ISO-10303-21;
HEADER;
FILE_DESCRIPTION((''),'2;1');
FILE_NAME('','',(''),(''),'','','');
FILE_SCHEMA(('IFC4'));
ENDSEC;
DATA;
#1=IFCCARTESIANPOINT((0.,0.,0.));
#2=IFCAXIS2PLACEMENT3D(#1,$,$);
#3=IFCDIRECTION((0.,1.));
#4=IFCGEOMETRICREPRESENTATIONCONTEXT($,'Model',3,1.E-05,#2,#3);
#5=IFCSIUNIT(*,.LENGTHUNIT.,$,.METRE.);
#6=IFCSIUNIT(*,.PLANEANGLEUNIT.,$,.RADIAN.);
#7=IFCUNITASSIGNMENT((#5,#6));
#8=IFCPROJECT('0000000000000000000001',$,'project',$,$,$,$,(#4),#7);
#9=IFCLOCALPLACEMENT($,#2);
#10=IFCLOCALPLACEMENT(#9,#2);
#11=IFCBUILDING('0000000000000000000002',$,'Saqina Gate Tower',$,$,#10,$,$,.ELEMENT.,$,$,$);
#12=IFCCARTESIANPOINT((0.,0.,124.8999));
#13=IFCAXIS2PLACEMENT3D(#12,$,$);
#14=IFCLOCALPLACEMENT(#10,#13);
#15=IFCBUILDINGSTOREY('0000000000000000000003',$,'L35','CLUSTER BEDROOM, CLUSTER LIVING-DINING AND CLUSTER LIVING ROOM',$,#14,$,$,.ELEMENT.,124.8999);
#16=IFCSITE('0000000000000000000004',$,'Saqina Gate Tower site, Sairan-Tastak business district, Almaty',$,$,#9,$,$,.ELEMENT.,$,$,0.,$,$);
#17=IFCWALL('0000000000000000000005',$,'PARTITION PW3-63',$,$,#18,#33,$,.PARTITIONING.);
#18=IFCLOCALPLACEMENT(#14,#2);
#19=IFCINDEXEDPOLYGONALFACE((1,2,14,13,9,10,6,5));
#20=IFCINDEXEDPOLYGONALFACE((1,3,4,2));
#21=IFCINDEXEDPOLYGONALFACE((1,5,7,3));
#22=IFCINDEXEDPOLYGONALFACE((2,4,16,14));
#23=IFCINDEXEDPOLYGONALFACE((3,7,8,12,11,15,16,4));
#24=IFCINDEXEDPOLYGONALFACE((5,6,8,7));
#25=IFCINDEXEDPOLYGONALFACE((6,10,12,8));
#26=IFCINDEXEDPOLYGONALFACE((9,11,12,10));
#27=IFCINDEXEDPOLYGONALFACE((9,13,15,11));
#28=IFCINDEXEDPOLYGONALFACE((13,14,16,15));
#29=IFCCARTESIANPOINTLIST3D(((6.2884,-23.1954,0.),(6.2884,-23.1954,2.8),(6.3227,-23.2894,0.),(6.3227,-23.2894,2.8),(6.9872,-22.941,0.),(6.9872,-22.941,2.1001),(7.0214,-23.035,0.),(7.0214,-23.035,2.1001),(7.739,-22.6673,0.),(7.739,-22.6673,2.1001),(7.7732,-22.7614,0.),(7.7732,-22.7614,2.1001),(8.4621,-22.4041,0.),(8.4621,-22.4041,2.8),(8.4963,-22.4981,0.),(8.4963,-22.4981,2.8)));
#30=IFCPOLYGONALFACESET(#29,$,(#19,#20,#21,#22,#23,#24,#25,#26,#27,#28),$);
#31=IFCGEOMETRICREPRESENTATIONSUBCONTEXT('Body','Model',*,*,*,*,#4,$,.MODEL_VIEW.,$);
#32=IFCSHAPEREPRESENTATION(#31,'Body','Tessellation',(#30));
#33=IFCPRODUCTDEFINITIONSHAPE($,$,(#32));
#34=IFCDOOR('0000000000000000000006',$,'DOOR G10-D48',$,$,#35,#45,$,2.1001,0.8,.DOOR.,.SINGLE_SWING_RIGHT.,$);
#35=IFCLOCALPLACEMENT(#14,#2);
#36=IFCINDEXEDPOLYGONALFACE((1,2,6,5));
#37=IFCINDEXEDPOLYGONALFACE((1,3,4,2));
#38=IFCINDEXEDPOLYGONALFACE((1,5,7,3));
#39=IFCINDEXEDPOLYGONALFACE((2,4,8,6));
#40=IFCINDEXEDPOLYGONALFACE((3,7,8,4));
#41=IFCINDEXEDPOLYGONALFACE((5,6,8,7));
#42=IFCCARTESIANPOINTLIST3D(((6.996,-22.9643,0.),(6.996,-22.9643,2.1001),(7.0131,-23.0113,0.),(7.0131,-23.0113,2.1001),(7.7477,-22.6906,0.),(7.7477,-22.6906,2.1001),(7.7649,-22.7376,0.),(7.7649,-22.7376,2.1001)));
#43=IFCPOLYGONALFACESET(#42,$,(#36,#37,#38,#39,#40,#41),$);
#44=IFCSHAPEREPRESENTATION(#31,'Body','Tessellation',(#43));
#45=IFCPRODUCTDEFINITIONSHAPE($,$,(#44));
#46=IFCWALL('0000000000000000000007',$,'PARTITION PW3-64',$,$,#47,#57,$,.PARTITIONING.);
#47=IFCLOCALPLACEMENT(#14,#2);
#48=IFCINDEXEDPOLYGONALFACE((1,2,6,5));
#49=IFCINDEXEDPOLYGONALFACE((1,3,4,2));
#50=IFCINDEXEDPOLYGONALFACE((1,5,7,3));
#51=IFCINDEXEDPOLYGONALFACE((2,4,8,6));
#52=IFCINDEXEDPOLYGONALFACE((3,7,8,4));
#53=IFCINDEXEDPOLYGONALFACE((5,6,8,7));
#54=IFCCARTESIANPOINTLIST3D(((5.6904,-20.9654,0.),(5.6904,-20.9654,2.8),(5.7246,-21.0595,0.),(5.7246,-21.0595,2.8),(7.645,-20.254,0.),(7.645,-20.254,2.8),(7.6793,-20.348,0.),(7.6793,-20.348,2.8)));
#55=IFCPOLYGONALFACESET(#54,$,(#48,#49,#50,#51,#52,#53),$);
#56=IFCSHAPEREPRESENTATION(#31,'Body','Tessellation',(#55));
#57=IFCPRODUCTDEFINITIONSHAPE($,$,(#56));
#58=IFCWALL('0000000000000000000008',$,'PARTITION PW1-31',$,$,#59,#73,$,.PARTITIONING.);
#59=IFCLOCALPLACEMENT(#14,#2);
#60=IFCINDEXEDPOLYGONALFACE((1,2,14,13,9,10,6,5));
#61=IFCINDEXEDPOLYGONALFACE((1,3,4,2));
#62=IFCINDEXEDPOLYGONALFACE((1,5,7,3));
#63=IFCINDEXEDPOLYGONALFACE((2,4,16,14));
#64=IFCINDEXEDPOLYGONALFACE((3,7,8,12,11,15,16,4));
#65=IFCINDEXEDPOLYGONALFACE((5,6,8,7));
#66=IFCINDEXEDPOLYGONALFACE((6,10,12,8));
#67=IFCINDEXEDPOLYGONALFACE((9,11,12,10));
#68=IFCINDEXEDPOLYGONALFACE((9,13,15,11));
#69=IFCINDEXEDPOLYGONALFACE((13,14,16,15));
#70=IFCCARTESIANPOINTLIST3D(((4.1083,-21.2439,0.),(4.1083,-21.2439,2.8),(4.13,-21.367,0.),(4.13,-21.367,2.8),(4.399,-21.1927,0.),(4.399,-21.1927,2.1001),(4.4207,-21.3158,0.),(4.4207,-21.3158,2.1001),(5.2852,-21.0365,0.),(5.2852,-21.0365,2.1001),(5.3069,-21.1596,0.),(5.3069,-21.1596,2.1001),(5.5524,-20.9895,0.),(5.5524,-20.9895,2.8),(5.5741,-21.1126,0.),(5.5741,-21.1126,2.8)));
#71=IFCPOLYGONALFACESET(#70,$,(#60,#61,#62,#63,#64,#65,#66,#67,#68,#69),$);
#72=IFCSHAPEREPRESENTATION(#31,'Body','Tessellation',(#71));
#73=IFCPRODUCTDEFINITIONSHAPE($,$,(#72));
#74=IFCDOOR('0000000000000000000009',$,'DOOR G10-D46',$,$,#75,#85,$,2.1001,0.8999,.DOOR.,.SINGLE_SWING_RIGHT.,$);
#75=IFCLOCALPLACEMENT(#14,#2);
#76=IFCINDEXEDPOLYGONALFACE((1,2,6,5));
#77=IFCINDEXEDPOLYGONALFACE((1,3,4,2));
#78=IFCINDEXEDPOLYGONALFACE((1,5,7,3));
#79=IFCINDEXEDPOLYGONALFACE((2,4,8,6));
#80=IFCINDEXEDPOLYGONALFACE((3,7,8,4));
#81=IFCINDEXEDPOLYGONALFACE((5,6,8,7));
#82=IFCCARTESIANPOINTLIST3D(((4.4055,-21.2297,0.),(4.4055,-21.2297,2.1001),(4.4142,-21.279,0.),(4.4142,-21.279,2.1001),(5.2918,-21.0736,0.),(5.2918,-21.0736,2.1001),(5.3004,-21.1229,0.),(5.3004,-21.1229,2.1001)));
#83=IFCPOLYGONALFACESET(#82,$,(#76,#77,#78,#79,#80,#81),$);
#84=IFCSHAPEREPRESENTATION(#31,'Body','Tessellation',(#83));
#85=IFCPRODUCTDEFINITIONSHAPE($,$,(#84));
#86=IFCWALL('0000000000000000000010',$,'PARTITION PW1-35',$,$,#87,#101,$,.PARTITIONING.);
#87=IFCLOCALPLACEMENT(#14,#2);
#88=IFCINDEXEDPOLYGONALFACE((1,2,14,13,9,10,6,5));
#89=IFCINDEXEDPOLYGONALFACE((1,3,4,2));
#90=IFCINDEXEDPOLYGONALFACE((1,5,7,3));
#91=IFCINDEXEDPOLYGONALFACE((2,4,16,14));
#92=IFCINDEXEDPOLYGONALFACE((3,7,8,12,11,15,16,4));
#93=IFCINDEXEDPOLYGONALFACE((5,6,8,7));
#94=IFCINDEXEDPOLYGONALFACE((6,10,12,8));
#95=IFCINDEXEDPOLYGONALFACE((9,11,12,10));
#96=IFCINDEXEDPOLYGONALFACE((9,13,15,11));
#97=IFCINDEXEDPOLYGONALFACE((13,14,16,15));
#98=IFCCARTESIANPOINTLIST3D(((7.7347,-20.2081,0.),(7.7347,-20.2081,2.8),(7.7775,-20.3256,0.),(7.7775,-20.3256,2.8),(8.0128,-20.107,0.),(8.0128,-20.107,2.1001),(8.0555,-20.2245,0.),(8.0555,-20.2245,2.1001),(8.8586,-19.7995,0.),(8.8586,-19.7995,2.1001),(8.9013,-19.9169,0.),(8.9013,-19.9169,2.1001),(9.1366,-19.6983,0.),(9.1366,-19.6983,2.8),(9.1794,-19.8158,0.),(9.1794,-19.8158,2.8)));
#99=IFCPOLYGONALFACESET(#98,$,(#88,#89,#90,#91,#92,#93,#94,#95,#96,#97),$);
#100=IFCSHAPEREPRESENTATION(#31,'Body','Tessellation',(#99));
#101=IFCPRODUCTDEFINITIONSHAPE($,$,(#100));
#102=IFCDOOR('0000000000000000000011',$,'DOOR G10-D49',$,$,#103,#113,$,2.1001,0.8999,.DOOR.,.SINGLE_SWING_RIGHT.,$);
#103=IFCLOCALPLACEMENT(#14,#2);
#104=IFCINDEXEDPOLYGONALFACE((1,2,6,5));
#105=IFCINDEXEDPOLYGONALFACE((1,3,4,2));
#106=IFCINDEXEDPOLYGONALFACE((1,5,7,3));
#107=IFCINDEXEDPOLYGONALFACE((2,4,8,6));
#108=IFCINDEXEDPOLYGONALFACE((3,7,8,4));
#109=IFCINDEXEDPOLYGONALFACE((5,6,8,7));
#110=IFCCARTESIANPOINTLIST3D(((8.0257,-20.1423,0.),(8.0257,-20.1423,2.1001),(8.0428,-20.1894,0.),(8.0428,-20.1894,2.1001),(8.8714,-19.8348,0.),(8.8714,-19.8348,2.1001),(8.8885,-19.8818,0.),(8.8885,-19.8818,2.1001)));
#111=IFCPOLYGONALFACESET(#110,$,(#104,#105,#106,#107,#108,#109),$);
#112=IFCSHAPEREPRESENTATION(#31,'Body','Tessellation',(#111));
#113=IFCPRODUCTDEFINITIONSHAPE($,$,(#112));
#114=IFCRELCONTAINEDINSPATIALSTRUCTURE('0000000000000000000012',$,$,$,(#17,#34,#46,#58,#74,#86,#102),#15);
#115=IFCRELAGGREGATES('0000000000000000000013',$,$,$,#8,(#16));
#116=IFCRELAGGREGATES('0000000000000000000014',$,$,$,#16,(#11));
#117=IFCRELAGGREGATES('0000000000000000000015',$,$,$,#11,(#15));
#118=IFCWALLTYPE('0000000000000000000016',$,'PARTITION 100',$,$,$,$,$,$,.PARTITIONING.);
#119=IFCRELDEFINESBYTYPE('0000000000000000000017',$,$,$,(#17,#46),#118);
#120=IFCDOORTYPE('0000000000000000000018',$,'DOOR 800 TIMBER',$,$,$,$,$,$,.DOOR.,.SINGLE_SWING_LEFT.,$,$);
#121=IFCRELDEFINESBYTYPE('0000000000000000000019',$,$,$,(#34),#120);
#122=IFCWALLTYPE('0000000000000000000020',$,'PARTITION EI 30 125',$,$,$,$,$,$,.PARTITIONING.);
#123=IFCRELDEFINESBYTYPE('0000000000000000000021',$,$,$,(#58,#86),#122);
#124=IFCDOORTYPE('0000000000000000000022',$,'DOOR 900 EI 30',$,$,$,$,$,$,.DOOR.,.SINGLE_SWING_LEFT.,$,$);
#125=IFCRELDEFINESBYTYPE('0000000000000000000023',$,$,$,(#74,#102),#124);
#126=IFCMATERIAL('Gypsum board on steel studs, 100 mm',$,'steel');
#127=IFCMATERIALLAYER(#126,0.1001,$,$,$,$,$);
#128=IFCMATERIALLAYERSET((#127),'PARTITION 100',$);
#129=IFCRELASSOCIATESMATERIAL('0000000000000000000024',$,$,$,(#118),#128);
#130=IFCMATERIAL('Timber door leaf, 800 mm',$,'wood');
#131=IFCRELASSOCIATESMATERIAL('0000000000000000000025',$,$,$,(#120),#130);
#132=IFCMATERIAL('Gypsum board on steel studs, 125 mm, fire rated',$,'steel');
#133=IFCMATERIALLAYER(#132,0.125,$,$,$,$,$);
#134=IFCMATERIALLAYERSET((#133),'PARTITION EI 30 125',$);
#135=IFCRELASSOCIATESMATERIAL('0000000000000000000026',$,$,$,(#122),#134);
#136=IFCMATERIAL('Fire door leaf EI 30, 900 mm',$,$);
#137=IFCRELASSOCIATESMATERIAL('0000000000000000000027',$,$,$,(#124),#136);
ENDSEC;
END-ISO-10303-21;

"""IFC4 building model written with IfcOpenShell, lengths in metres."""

from ifc_helpers import new_model, si_unit, direction, frame, frame_2d, origin, place, context, subcontext, project, spatial, rectangle, extrude, material, layer, layer_set, type_object, element, fill, save


model = new_model("IFC4")

# Units and contexts
model_context = context("Model", 3, precision=1e-05, world=origin(), true_north=direction((0.0, 1.0)))
body_context = subcontext(model_context, "Body", "Model", "MODEL_VIEW")
ifc_project = project(units=[si_unit("LENGTHUNIT", "METRE"), si_unit("PLANEANGLEUNIT", "RADIAN")], contexts=[model_context])

# Site, building, storey
site_placement = place(None, origin())
site = spatial("IfcSite", under=ifc_project, at=site_placement, Name="Saqina Gate Tower site, Sairan-Tastak business district, Almaty", CompositionType="ELEMENT", RefElevation=0.0)
building_placement = place(site_placement, origin())
building = spatial("IfcBuilding", under=site, at=building_placement, Name="Saqina Gate Tower", CompositionType="ELEMENT")
storey_placement = place(building_placement, frame((0.0, 0.0, 124.8999)))
storey = spatial("IfcBuildingStorey", under=building, at=storey_placement, Name="L35", Description="CLUSTER BEDROOM, CLUSTER LIVING-DINING AND CLUSTER LIVING ROOM", CompositionType="ELEMENT", Elevation=124.8999)

# Shared definitions
ifc_material_1 = material(Name="Gypsum board on steel studs, 100 mm", Category="steel")
ifc_layer_1 = layer(ifc_material_1, 0.1001)
ifc_layer_set_1 = layer_set([ifc_layer_1], Name="PARTITION 100")
wall_type_1 = type_object("IfcWallType", Name="PARTITION 100", PredefinedType="PARTITIONING", material=ifc_layer_set_1)

# Shared definitions
ifc_material_2 = material(Name="Timber door leaf, 800 mm", Category="wood")
door_type_1 = type_object("IfcDoorType", Name="DOOR 800 TIMBER", OperationType="SINGLE_SWING_LEFT", PredefinedType="DOOR", material=ifc_material_2)

# Wall, opening, door
wall_1_placement = place(storey_placement, frame((6.3054, -23.2424, 0.0), z_axis=(0.0, 0.0, 1.0), x_axis=(0.939673, 0.342074, 0.0)))
wall_1 = element("IfcWall", 1, at=wall_1_placement, inside=storey, type_object=wall_type_1, Name="PARTITION PW3-63", PredefinedType="PARTITIONING", context=body_context, shape_type="SweptSolid", body=[
    extrude(rectangle(XDim=2.3132, YDim=0.1001, at=frame_2d((1.1567, 0.0))), origin(), (0.0, 0.0, 1.0), 2.8),
])
opening_1_placement = place(wall_1_placement, frame((0.7439, 0.0, 0.0)))
opening_1 = element("IfcOpeningElement", 2, at=opening_1_placement, cuts=wall_1, PredefinedType="OPENING", context=body_context, shape_type="SweptSolid", body=[
    extrude(rectangle(XDim=0.8, YDim=2.1001, at=frame_2d((0.3999, 1.05))), frame((0.0, 0.062, 0.0), z_axis=(0.0, -1.0, 0.0), x_axis=(1.0, 0.0, 0.0)), (0.0, 0.0, 1.0), 0.124),
])
door_1_placement = place(opening_1_placement, frame((0.8, 0.0, 0.0), z_axis=(0.0, 0.0, 1.0), x_axis=(-1.0, 0.0, 0.0)))
door_1 = element("IfcDoor", 3, at=door_1_placement, inside=storey, type_object=door_type_1, Name="DOOR G10-D48", OperationType="SINGLE_SWING_RIGHT", OverallHeight=2.1001, OverallWidth=0.8, PredefinedType="DOOR", context=body_context, shape_type="SweptSolid", body=[
    extrude(rectangle(XDim=0.8, YDim=2.1001, at=frame_2d((0.3999, 1.05))), frame((0.0, 0.0249, 0.0), z_axis=(0.0, -1.0, 0.0), x_axis=(1.0, 0.0, 0.0)), (0.0, 0.0, 1.0), 0.05),
])
fill(opening_1, door_1)

# Wall
wall_2_placement = place(storey_placement, frame((5.7075, -21.0125, 0.0), z_axis=(0.0, 0.0, 1.0), x_axis=(0.939691, 0.342026, 0.0)))
element("IfcWall", 4, at=wall_2_placement, inside=storey, type_object=wall_type_1, Name="PARTITION PW3-64", PredefinedType="PARTITIONING", context=body_context, shape_type="SweptSolid", body=[
    extrude(rectangle(XDim=2.0801, YDim=0.1001, at=frame_2d((1.04, 0.0))), origin(), (0.0, 0.0, 1.0), 2.8),
])

# Walls, openings, doors
ifc_material_3 = material(Name="Gypsum board on steel studs, 125 mm, fire rated", Category="steel")
ifc_layer_2 = layer(ifc_material_3, 0.125)
ifc_layer_set_2 = layer_set([ifc_layer_2], Name="PARTITION EI 30 125")
wall_type_2 = type_object("IfcWallType", Name="PARTITION EI 30 125", PredefinedType="PARTITIONING", material=ifc_layer_set_2)
wall_3_placement = place(storey_placement, frame((4.1191, -21.3054, 0.0), z_axis=(0.0, 0.0, 1.0), x_axis=(0.984835, 0.173491, 0.0)))
wall_3 = element("IfcWall", 5, at=wall_3_placement, inside=storey, type_object=wall_type_2, Name="PARTITION PW1-31", PredefinedType="PARTITIONING", context=body_context, shape_type="SweptSolid", body=[
    extrude(rectangle(XDim=1.4663, YDim=0.125, at=frame_2d((0.7332, 0.0))), origin(), (0.0, 0.0, 1.0), 2.8),
])
opening_2_placement = place(wall_3_placement, frame((0.2952, 0.0, 0.0)))
opening_2 = element("IfcOpeningElement", 6, at=opening_2_placement, cuts=wall_3, PredefinedType="OPENING", context=body_context, shape_type="SweptSolid", body=[
    extrude(rectangle(XDim=0.8999, YDim=2.1001, at=frame_2d((0.45, 1.05))), frame((0.0, 0.0745, 0.0), z_axis=(0.0, -1.0, 0.0), x_axis=(1.0, 0.0, 0.0)), (0.0, 0.0, 1.0), 0.1489),
])
ifc_material_4 = material(Name="Fire door leaf EI 30, 900 mm")
door_type_2 = type_object("IfcDoorType", Name="DOOR 900 EI 30", OperationType="SINGLE_SWING_LEFT", PredefinedType="DOOR", material=ifc_material_4)
door_2_placement = place(opening_2_placement, origin())
door_2 = element("IfcDoor", 7, at=door_2_placement, inside=storey, type_object=door_type_2, Name="DOOR G10-D46", OperationType="SINGLE_SWING_RIGHT", OverallHeight=2.1001, OverallWidth=0.8999, PredefinedType="DOOR", context=body_context, shape_type="SweptSolid", body=[
    extrude(rectangle(XDim=0.8999, YDim=2.1001, at=frame_2d((0.45, 1.05))), frame((0.0, 0.0249, 0.0), z_axis=(0.0, -1.0, 0.0), x_axis=(1.0, 0.0, 0.0)), (0.0, 0.0, 1.0), 0.05),
])
fill(opening_2, door_2)
wall_4_placement = place(storey_placement, frame((7.7561, -20.2668, 0.0), z_axis=(0.0, 0.0, 1.0), x_axis=(0.939793, 0.341743, 0.0)))
wall_4 = element("IfcWall", 8, at=wall_4_placement, inside=storey, type_object=wall_type_2, Name="PARTITION PW1-35", PredefinedType="PARTITIONING", context=body_context, shape_type="SweptSolid", body=[
    extrude(rectangle(XDim=1.4917, YDim=0.125, at=frame_2d((0.7458, 0.0))), origin(), (0.0, 0.0, 1.0), 2.8),
])
opening_3_placement = place(wall_4_placement, frame((0.2959, 0.0, 0.0)))
opening_3 = element("IfcOpeningElement", 9, at=opening_3_placement, cuts=wall_4, PredefinedType="OPENING", context=body_context, shape_type="SweptSolid", body=[
    extrude(rectangle(XDim=0.8999, YDim=2.1001, at=frame_2d((0.45, 1.05))), frame((0.0, 0.0745, 0.0), z_axis=(0.0, -1.0, 0.0), x_axis=(1.0, 0.0, 0.0)), (0.0, 0.0, 1.0), 0.1489),
])
door_3_placement = place(opening_3_placement, origin())
door_3 = element("IfcDoor", 10, at=door_3_placement, inside=storey, type_object=door_type_2, Name="DOOR G10-D49", OperationType="SINGLE_SWING_RIGHT", OverallHeight=2.1001, OverallWidth=0.8999, PredefinedType="DOOR", context=body_context, shape_type="SweptSolid", body=[
    extrude(rectangle(XDim=0.8999, YDim=2.1001, at=frame_2d((0.45, 1.05))), frame((0.0, 0.0249, 0.0), z_axis=(0.0, -1.0, 0.0), x_axis=(1.0, 0.0, 0.0)), (0.0, 0.0, 1.0), 0.05),
])
fill(opening_3, door_3)

save(model, "model.ifc")
